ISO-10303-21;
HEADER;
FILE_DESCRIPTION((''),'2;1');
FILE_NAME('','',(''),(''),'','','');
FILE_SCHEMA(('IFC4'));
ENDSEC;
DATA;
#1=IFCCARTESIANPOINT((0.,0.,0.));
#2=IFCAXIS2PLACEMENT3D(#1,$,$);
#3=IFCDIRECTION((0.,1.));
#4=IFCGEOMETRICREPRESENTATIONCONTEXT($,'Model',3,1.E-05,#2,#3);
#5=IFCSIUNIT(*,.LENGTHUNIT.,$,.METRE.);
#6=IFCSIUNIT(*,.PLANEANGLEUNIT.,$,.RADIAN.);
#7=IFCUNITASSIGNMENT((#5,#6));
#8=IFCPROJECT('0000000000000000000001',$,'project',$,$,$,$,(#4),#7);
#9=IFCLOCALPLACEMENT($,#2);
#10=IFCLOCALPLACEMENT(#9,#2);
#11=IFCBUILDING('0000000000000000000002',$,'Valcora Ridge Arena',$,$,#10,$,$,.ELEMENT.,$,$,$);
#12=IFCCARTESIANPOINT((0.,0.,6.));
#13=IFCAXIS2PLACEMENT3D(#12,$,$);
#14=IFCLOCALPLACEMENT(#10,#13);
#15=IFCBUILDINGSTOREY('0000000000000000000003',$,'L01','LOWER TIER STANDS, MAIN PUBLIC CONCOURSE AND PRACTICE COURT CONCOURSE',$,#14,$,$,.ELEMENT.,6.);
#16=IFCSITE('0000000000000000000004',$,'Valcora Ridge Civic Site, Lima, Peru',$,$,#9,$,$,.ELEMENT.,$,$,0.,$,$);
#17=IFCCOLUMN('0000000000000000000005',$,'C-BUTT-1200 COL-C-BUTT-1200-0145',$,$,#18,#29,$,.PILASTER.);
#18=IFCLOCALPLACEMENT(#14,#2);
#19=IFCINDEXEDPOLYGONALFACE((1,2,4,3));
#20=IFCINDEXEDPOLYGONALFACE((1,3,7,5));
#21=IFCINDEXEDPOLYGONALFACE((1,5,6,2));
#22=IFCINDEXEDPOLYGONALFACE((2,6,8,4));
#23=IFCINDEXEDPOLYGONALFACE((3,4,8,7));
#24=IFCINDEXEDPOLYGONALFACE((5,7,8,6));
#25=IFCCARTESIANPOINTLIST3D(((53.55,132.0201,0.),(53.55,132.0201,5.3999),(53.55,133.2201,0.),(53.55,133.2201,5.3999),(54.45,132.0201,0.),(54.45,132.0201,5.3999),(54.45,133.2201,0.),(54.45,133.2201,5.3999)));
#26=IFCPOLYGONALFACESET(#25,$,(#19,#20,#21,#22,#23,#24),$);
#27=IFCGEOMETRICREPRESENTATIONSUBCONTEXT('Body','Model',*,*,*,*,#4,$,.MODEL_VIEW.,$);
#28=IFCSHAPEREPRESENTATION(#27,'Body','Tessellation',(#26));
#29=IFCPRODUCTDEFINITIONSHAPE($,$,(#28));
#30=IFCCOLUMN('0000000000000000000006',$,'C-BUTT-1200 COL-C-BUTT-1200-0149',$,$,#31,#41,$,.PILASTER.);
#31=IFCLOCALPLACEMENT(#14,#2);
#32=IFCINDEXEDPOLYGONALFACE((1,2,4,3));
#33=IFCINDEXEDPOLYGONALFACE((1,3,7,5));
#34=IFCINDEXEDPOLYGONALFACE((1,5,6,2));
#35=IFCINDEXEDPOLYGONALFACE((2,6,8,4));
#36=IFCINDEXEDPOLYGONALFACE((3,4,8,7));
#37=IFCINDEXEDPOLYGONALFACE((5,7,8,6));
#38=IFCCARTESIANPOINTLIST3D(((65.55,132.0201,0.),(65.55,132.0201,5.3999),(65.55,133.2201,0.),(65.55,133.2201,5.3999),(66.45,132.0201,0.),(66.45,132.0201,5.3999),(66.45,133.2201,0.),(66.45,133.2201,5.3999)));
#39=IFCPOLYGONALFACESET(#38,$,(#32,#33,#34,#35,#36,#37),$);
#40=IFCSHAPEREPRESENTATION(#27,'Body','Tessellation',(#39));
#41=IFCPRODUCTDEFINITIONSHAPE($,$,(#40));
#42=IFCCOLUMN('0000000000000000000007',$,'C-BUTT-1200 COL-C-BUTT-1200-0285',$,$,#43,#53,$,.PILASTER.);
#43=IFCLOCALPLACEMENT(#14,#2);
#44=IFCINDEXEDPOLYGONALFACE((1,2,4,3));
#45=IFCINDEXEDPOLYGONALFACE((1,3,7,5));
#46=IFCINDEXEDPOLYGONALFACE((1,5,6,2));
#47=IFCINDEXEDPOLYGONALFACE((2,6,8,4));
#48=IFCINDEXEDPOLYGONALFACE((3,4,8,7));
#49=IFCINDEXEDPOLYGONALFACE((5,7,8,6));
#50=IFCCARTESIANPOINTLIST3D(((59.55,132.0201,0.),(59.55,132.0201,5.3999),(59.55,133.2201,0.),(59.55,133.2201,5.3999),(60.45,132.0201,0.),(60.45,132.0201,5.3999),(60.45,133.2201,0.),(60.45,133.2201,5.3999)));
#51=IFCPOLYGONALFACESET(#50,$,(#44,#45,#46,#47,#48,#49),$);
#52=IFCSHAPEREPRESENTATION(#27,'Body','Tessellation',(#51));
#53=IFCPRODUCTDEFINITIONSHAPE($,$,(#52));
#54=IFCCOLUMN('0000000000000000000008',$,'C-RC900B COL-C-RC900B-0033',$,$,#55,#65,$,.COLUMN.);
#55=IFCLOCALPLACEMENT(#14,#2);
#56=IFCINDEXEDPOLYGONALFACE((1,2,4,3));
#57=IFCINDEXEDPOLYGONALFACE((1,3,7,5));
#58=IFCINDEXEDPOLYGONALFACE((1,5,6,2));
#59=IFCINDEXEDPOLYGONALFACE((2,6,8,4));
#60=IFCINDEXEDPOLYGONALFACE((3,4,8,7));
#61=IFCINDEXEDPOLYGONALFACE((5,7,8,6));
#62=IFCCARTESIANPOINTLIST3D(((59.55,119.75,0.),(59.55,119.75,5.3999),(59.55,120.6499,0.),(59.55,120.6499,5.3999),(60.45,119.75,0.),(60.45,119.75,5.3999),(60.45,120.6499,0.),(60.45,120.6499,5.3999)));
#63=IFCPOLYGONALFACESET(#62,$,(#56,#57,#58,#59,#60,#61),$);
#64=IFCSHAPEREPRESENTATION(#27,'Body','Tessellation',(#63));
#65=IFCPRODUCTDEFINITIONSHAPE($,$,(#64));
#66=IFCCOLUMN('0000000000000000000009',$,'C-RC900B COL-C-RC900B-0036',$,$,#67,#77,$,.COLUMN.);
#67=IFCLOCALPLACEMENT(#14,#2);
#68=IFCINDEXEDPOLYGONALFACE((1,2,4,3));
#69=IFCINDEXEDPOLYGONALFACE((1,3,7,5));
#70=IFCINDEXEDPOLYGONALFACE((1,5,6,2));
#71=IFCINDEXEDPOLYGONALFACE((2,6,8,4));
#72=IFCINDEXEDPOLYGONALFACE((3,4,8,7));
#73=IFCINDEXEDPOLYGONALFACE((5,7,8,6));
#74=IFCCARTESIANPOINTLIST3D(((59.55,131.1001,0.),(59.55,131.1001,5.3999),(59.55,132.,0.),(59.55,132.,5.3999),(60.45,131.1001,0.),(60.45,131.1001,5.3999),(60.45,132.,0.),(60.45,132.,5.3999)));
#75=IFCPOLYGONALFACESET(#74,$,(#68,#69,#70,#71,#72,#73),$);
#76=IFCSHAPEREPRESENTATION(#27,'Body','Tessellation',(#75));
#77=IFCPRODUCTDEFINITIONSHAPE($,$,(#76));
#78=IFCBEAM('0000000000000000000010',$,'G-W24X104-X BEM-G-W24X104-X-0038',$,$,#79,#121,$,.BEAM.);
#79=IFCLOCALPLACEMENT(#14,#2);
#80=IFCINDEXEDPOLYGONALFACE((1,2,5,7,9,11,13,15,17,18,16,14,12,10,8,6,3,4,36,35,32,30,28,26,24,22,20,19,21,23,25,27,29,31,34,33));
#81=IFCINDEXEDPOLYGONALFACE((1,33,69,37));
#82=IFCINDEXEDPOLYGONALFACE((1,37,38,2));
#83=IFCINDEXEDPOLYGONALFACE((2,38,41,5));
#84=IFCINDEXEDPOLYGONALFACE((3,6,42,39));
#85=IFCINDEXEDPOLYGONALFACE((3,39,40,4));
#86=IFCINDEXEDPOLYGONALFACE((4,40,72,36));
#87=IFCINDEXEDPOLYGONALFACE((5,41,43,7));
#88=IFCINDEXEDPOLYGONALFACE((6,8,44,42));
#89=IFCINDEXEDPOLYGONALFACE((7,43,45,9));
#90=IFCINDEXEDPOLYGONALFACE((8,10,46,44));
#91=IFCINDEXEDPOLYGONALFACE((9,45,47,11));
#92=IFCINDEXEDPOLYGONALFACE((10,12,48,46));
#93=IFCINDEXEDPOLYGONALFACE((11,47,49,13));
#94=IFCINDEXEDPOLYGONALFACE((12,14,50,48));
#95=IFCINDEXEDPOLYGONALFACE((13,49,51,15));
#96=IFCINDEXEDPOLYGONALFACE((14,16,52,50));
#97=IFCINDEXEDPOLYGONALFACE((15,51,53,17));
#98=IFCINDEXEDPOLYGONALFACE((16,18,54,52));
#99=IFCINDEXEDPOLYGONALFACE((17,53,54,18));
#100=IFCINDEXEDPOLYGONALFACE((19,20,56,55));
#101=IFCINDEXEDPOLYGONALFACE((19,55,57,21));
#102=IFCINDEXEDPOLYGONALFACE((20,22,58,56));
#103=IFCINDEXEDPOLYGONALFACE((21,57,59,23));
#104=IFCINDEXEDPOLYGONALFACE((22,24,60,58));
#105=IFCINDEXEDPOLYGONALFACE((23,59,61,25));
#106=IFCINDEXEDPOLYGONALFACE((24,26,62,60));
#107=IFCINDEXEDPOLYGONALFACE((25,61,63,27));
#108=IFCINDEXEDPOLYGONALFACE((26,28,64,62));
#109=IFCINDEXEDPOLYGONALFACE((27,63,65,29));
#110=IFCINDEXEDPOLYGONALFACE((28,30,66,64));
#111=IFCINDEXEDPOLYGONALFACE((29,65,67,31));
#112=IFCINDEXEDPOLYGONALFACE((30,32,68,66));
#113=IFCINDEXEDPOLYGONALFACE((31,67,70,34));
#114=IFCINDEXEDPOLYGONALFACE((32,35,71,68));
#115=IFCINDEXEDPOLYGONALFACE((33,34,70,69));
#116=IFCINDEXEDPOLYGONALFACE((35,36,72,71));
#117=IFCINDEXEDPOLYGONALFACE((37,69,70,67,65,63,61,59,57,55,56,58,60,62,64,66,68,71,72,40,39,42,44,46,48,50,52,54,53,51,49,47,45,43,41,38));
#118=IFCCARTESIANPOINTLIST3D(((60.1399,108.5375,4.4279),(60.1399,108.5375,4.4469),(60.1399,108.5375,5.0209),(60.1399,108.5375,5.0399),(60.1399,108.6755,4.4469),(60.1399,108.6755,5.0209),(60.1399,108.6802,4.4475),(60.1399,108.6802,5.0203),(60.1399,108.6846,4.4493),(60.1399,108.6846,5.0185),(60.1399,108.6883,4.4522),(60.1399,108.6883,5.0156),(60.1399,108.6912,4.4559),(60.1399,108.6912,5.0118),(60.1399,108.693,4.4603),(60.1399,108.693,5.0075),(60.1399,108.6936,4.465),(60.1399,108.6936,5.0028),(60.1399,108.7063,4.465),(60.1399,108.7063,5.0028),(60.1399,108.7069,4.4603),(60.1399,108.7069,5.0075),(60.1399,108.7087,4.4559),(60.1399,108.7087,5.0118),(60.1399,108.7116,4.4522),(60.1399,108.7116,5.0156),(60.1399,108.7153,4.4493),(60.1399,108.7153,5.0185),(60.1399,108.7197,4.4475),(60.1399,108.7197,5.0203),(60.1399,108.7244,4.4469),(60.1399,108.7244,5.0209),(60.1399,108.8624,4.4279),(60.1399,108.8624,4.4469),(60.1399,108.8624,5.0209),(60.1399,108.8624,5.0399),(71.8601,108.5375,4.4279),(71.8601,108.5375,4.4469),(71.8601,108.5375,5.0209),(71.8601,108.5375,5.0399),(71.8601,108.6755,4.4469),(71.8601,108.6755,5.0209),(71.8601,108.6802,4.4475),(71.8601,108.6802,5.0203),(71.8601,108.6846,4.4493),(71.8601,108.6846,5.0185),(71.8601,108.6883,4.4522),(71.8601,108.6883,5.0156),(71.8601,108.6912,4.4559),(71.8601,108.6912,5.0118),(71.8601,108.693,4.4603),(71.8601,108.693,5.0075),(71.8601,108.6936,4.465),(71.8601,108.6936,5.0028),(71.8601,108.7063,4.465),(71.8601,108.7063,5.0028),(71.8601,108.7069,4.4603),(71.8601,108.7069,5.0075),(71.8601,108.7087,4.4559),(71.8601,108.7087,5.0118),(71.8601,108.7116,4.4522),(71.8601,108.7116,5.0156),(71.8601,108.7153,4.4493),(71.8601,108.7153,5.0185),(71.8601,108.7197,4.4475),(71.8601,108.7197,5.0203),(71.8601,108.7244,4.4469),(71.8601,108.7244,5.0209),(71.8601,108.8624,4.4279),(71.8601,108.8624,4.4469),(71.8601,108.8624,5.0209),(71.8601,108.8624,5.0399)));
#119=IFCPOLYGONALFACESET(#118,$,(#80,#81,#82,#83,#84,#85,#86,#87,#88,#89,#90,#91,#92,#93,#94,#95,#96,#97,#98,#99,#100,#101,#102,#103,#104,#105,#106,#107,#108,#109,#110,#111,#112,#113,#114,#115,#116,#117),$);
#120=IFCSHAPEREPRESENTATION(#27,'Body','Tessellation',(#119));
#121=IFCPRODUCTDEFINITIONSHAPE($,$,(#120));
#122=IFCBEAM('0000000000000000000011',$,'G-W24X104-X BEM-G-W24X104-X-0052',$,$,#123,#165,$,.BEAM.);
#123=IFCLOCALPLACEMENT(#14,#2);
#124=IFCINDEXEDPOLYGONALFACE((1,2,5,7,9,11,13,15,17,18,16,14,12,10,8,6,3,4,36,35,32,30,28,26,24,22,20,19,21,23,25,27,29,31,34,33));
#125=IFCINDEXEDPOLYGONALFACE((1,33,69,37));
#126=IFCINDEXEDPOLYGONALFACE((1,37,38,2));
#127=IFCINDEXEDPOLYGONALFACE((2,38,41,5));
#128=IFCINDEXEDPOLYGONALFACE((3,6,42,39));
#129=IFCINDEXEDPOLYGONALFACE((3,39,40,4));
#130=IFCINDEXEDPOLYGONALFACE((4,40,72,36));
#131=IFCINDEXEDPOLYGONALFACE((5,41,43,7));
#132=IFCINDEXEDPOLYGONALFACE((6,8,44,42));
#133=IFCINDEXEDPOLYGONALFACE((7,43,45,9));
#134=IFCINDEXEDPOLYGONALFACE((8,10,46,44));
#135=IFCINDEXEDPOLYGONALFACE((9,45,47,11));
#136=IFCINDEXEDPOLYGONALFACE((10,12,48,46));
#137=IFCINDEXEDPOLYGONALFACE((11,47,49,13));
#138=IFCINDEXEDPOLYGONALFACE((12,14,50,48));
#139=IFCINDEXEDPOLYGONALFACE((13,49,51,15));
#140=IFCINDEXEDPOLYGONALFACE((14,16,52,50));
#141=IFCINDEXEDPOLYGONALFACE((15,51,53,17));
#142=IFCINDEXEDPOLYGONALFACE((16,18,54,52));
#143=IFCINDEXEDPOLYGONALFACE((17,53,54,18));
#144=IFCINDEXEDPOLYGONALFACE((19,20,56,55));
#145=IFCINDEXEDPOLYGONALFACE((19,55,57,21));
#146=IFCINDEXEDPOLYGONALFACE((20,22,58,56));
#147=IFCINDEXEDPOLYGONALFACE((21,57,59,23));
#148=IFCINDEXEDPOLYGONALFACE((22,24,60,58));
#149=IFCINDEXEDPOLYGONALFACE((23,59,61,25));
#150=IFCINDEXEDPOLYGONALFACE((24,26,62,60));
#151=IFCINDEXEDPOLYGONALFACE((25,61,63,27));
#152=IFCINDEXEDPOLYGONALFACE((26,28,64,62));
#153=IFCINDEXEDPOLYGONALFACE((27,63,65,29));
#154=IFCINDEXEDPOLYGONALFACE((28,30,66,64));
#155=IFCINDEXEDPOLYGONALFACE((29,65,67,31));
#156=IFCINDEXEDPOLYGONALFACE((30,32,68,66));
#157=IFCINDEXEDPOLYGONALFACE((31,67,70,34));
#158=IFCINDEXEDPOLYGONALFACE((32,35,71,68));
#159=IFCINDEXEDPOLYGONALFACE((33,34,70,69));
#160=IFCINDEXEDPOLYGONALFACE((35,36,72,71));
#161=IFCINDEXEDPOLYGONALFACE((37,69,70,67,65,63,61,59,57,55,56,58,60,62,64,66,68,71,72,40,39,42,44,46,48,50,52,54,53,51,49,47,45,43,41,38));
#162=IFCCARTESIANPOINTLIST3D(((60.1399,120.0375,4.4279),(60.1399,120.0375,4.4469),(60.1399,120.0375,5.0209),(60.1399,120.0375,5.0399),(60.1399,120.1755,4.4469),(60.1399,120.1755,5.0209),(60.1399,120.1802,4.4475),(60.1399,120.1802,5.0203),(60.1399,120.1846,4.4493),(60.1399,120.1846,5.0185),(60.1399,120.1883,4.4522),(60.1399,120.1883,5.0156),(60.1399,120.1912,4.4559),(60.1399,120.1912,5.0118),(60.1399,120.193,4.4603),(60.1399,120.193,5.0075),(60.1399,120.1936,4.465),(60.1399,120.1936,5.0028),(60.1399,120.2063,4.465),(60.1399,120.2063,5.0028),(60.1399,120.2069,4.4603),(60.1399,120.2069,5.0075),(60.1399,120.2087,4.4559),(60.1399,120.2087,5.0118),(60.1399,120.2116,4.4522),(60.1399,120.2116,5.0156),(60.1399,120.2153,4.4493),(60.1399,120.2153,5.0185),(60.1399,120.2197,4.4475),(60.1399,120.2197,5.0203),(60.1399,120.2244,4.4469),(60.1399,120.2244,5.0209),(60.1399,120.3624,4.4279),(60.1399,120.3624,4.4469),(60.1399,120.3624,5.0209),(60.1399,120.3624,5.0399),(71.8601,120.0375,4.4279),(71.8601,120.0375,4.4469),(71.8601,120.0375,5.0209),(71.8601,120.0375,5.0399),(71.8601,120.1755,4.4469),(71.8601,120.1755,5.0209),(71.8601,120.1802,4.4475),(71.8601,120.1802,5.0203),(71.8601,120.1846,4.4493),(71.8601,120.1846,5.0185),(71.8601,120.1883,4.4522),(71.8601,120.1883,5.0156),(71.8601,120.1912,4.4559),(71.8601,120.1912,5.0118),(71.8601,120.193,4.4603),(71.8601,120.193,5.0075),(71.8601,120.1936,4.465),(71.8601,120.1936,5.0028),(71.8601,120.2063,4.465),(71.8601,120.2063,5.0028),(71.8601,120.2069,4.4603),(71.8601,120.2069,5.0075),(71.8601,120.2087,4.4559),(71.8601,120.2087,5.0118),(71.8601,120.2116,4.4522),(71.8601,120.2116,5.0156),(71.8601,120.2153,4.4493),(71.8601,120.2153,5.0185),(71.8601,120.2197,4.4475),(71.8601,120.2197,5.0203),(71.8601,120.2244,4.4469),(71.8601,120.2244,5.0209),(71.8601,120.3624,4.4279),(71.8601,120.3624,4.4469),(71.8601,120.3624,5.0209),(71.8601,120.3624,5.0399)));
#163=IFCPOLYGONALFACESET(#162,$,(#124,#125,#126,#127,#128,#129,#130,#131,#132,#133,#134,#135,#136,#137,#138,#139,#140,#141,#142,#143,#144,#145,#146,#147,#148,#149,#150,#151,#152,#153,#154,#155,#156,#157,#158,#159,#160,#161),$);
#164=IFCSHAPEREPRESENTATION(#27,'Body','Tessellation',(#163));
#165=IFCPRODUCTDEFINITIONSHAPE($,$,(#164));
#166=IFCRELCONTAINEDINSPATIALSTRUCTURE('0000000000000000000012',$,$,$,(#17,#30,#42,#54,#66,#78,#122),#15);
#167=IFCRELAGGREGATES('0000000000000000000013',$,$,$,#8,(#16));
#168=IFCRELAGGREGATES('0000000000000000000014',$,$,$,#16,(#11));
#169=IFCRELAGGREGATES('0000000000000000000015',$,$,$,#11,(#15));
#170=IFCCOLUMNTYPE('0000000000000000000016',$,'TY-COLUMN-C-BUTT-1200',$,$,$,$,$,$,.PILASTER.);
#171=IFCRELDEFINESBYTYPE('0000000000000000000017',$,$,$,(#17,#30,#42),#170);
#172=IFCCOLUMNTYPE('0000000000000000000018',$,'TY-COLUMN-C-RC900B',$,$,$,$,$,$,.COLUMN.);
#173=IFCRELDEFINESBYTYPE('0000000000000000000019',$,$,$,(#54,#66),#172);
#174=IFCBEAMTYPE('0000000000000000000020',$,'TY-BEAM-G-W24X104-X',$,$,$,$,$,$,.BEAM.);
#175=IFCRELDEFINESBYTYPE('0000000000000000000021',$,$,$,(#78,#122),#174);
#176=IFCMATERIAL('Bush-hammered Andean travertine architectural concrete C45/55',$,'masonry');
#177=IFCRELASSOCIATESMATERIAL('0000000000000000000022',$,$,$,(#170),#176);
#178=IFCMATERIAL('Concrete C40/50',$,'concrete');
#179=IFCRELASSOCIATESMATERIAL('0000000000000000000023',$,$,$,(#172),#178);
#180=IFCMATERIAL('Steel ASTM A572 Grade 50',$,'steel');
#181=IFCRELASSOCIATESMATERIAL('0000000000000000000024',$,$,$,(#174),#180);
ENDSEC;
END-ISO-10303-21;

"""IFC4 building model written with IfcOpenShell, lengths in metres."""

from ifc_helpers import new_model, si_unit, direction, frame, origin, origin_2d, place, context, subcontext, project, spatial, rectangle, i_section, extrude, material, material_profile, profile_set, type_object, element, save


model = new_model("IFC4")

# Units and contexts
model_context = context("Model", 3, precision=1e-05, world=origin(), true_north=direction((0.0, 1.0)))
body_context = subcontext(model_context, "Body", "Model", "MODEL_VIEW")
ifc_project = project(units=[si_unit("LENGTHUNIT", "METRE"), si_unit("PLANEANGLEUNIT", "RADIAN")], contexts=[model_context])

# Site, building, storey
site_placement = place(None, origin())
site = spatial("IfcSite", under=ifc_project, at=site_placement, Name="Valcora Ridge Civic Site, Lima, Peru", CompositionType="ELEMENT", RefElevation=0.0)
building_placement = place(site_placement, origin())
building = spatial("IfcBuilding", under=site, at=building_placement, Name="Valcora Ridge Arena", CompositionType="ELEMENT")
storey_placement = place(building_placement, frame((0.0, 0.0, 6.0)))
storey = spatial("IfcBuildingStorey", under=building, at=storey_placement, Name="L01", Description="LOWER TIER STANDS, MAIN PUBLIC CONCOURSE AND PRACTICE COURT CONCOURSE", CompositionType="ELEMENT", Elevation=6.0)

# Columns
ifc_material_1 = material(Name="Bush-hammered Andean travertine architectural concrete C45/55", Category="masonry")
ifc_material_profile_1 = material_profile(ifc_material_1, rectangle(XDim=0.8999, YDim=1.2, at=origin_2d()), Name="RC 900x1200")
ifc_profile_set_1 = profile_set([ifc_material_profile_1], Name="Bush-hammered Andean travertine architectural concrete C45/55")
column_type_1 = type_object("IfcColumnType", Name="TY-COLUMN-C-BUTT-1200", PredefinedType="PILASTER", material=ifc_profile_set_1)
for number, where, z_axis, x_axis, name in (
    (1, (54.0, 132.6201, 0.0), (0.0, 0.0, 1.0), (1.0, 0.0, 0.0), "C-BUTT-1200 COL-C-BUTT-1200-0145"),
    (2, (66.0, 132.6201, 0.0), (0.0, 0.0, 1.0), (1.0, 0.0, 0.0), "C-BUTT-1200 COL-C-BUTT-1200-0149"),
    (3, (60.0, 132.6201, 0.0), (0.0, 0.0, 1.0), (1.0, 0.0, 0.0), "C-BUTT-1200 COL-C-BUTT-1200-0285"),
):
    element("IfcColumn", number, at=place(storey_placement, frame(where, z_axis=z_axis, x_axis=x_axis)), inside=storey, type_object=column_type_1, Name=name, PredefinedType="PILASTER", context=body_context, shape_type="SweptSolid", body=[
        extrude(rectangle(XDim=0.8999, YDim=1.2, at=origin_2d()), origin(), (0.0, 0.0, 1.0), 5.3999),
    ])
ifc_material_2 = material(Name="Concrete C40/50", Category="concrete")
ifc_material_profile_2 = material_profile(ifc_material_2, rectangle(XDim=0.8999, YDim=0.8999, at=origin_2d()), Name="RC 900x900")
ifc_profile_set_2 = profile_set([ifc_material_profile_2], Name="Concrete C40/50")
column_type_2 = type_object("IfcColumnType", Name="TY-COLUMN-C-RC900B", PredefinedType="COLUMN", material=ifc_profile_set_2)
for number, where, z_axis, x_axis, name in (
    (4, (60.0, 120.2, 0.0), (0.0, 0.0, 1.0), (1.0, 0.0, 0.0), "C-RC900B COL-C-RC900B-0033"),
    (5, (60.0, 131.55, 0.0), (0.0, 0.0, 1.0), (1.0, 0.0, 0.0), "C-RC900B COL-C-RC900B-0036"),
):
    element("IfcColumn", number, at=place(storey_placement, frame(where, z_axis=z_axis, x_axis=x_axis)), inside=storey, type_object=column_type_2, Name=name, PredefinedType="COLUMN", context=body_context, shape_type="SweptSolid", body=[
        extrude(rectangle(XDim=0.8999, YDim=0.8999, at=origin_2d()), origin(), (0.0, 0.0, 1.0), 5.3999),
    ])

# Beams
ifc_material_3 = material(Name="Steel ASTM A572 Grade 50", Category="steel")
ifc_material_profile_3 = material_profile(ifc_material_3, i_section(OverallWidth=0.325, OverallDepth=0.6121, WebThickness=0.0127, FlangeThickness=0.019, FilletRadius=0.0181, at=origin_2d()), Name="W24X104")
ifc_profile_set_3 = profile_set([ifc_material_profile_3], Name="Steel ASTM A572 Grade 50")
beam_type_1 = type_object("IfcBeamType", Name="TY-BEAM-G-W24X104-X", PredefinedType="BEAM", material=ifc_profile_set_3)
for number, where, z_axis, x_axis, name in (
    (6, (60.1399, 108.7, 4.7339), (1.0, 0.0, 0.0), (0.0, 1.0, 0.0), "G-W24X104-X BEM-G-W24X104-X-0038"),
    (7, (60.1399, 120.2, 4.7339), (1.0, 0.0, 0.0), (0.0, 1.0, 0.0), "G-W24X104-X BEM-G-W24X104-X-0052"),
):
    element("IfcBeam", number, at=place(storey_placement, frame(where, z_axis=z_axis, x_axis=x_axis)), inside=storey, type_object=beam_type_1, Name=name, PredefinedType="BEAM", context=body_context, shape_type="SweptSolid", body=[
        extrude(i_section(OverallWidth=0.325, OverallDepth=0.6121, WebThickness=0.0127, FlangeThickness=0.019, FilletRadius=0.0181, at=origin_2d()), origin(), (0.0, 0.0, 1.0), 11.7202),
    ])

save(model, "model.ifc")
